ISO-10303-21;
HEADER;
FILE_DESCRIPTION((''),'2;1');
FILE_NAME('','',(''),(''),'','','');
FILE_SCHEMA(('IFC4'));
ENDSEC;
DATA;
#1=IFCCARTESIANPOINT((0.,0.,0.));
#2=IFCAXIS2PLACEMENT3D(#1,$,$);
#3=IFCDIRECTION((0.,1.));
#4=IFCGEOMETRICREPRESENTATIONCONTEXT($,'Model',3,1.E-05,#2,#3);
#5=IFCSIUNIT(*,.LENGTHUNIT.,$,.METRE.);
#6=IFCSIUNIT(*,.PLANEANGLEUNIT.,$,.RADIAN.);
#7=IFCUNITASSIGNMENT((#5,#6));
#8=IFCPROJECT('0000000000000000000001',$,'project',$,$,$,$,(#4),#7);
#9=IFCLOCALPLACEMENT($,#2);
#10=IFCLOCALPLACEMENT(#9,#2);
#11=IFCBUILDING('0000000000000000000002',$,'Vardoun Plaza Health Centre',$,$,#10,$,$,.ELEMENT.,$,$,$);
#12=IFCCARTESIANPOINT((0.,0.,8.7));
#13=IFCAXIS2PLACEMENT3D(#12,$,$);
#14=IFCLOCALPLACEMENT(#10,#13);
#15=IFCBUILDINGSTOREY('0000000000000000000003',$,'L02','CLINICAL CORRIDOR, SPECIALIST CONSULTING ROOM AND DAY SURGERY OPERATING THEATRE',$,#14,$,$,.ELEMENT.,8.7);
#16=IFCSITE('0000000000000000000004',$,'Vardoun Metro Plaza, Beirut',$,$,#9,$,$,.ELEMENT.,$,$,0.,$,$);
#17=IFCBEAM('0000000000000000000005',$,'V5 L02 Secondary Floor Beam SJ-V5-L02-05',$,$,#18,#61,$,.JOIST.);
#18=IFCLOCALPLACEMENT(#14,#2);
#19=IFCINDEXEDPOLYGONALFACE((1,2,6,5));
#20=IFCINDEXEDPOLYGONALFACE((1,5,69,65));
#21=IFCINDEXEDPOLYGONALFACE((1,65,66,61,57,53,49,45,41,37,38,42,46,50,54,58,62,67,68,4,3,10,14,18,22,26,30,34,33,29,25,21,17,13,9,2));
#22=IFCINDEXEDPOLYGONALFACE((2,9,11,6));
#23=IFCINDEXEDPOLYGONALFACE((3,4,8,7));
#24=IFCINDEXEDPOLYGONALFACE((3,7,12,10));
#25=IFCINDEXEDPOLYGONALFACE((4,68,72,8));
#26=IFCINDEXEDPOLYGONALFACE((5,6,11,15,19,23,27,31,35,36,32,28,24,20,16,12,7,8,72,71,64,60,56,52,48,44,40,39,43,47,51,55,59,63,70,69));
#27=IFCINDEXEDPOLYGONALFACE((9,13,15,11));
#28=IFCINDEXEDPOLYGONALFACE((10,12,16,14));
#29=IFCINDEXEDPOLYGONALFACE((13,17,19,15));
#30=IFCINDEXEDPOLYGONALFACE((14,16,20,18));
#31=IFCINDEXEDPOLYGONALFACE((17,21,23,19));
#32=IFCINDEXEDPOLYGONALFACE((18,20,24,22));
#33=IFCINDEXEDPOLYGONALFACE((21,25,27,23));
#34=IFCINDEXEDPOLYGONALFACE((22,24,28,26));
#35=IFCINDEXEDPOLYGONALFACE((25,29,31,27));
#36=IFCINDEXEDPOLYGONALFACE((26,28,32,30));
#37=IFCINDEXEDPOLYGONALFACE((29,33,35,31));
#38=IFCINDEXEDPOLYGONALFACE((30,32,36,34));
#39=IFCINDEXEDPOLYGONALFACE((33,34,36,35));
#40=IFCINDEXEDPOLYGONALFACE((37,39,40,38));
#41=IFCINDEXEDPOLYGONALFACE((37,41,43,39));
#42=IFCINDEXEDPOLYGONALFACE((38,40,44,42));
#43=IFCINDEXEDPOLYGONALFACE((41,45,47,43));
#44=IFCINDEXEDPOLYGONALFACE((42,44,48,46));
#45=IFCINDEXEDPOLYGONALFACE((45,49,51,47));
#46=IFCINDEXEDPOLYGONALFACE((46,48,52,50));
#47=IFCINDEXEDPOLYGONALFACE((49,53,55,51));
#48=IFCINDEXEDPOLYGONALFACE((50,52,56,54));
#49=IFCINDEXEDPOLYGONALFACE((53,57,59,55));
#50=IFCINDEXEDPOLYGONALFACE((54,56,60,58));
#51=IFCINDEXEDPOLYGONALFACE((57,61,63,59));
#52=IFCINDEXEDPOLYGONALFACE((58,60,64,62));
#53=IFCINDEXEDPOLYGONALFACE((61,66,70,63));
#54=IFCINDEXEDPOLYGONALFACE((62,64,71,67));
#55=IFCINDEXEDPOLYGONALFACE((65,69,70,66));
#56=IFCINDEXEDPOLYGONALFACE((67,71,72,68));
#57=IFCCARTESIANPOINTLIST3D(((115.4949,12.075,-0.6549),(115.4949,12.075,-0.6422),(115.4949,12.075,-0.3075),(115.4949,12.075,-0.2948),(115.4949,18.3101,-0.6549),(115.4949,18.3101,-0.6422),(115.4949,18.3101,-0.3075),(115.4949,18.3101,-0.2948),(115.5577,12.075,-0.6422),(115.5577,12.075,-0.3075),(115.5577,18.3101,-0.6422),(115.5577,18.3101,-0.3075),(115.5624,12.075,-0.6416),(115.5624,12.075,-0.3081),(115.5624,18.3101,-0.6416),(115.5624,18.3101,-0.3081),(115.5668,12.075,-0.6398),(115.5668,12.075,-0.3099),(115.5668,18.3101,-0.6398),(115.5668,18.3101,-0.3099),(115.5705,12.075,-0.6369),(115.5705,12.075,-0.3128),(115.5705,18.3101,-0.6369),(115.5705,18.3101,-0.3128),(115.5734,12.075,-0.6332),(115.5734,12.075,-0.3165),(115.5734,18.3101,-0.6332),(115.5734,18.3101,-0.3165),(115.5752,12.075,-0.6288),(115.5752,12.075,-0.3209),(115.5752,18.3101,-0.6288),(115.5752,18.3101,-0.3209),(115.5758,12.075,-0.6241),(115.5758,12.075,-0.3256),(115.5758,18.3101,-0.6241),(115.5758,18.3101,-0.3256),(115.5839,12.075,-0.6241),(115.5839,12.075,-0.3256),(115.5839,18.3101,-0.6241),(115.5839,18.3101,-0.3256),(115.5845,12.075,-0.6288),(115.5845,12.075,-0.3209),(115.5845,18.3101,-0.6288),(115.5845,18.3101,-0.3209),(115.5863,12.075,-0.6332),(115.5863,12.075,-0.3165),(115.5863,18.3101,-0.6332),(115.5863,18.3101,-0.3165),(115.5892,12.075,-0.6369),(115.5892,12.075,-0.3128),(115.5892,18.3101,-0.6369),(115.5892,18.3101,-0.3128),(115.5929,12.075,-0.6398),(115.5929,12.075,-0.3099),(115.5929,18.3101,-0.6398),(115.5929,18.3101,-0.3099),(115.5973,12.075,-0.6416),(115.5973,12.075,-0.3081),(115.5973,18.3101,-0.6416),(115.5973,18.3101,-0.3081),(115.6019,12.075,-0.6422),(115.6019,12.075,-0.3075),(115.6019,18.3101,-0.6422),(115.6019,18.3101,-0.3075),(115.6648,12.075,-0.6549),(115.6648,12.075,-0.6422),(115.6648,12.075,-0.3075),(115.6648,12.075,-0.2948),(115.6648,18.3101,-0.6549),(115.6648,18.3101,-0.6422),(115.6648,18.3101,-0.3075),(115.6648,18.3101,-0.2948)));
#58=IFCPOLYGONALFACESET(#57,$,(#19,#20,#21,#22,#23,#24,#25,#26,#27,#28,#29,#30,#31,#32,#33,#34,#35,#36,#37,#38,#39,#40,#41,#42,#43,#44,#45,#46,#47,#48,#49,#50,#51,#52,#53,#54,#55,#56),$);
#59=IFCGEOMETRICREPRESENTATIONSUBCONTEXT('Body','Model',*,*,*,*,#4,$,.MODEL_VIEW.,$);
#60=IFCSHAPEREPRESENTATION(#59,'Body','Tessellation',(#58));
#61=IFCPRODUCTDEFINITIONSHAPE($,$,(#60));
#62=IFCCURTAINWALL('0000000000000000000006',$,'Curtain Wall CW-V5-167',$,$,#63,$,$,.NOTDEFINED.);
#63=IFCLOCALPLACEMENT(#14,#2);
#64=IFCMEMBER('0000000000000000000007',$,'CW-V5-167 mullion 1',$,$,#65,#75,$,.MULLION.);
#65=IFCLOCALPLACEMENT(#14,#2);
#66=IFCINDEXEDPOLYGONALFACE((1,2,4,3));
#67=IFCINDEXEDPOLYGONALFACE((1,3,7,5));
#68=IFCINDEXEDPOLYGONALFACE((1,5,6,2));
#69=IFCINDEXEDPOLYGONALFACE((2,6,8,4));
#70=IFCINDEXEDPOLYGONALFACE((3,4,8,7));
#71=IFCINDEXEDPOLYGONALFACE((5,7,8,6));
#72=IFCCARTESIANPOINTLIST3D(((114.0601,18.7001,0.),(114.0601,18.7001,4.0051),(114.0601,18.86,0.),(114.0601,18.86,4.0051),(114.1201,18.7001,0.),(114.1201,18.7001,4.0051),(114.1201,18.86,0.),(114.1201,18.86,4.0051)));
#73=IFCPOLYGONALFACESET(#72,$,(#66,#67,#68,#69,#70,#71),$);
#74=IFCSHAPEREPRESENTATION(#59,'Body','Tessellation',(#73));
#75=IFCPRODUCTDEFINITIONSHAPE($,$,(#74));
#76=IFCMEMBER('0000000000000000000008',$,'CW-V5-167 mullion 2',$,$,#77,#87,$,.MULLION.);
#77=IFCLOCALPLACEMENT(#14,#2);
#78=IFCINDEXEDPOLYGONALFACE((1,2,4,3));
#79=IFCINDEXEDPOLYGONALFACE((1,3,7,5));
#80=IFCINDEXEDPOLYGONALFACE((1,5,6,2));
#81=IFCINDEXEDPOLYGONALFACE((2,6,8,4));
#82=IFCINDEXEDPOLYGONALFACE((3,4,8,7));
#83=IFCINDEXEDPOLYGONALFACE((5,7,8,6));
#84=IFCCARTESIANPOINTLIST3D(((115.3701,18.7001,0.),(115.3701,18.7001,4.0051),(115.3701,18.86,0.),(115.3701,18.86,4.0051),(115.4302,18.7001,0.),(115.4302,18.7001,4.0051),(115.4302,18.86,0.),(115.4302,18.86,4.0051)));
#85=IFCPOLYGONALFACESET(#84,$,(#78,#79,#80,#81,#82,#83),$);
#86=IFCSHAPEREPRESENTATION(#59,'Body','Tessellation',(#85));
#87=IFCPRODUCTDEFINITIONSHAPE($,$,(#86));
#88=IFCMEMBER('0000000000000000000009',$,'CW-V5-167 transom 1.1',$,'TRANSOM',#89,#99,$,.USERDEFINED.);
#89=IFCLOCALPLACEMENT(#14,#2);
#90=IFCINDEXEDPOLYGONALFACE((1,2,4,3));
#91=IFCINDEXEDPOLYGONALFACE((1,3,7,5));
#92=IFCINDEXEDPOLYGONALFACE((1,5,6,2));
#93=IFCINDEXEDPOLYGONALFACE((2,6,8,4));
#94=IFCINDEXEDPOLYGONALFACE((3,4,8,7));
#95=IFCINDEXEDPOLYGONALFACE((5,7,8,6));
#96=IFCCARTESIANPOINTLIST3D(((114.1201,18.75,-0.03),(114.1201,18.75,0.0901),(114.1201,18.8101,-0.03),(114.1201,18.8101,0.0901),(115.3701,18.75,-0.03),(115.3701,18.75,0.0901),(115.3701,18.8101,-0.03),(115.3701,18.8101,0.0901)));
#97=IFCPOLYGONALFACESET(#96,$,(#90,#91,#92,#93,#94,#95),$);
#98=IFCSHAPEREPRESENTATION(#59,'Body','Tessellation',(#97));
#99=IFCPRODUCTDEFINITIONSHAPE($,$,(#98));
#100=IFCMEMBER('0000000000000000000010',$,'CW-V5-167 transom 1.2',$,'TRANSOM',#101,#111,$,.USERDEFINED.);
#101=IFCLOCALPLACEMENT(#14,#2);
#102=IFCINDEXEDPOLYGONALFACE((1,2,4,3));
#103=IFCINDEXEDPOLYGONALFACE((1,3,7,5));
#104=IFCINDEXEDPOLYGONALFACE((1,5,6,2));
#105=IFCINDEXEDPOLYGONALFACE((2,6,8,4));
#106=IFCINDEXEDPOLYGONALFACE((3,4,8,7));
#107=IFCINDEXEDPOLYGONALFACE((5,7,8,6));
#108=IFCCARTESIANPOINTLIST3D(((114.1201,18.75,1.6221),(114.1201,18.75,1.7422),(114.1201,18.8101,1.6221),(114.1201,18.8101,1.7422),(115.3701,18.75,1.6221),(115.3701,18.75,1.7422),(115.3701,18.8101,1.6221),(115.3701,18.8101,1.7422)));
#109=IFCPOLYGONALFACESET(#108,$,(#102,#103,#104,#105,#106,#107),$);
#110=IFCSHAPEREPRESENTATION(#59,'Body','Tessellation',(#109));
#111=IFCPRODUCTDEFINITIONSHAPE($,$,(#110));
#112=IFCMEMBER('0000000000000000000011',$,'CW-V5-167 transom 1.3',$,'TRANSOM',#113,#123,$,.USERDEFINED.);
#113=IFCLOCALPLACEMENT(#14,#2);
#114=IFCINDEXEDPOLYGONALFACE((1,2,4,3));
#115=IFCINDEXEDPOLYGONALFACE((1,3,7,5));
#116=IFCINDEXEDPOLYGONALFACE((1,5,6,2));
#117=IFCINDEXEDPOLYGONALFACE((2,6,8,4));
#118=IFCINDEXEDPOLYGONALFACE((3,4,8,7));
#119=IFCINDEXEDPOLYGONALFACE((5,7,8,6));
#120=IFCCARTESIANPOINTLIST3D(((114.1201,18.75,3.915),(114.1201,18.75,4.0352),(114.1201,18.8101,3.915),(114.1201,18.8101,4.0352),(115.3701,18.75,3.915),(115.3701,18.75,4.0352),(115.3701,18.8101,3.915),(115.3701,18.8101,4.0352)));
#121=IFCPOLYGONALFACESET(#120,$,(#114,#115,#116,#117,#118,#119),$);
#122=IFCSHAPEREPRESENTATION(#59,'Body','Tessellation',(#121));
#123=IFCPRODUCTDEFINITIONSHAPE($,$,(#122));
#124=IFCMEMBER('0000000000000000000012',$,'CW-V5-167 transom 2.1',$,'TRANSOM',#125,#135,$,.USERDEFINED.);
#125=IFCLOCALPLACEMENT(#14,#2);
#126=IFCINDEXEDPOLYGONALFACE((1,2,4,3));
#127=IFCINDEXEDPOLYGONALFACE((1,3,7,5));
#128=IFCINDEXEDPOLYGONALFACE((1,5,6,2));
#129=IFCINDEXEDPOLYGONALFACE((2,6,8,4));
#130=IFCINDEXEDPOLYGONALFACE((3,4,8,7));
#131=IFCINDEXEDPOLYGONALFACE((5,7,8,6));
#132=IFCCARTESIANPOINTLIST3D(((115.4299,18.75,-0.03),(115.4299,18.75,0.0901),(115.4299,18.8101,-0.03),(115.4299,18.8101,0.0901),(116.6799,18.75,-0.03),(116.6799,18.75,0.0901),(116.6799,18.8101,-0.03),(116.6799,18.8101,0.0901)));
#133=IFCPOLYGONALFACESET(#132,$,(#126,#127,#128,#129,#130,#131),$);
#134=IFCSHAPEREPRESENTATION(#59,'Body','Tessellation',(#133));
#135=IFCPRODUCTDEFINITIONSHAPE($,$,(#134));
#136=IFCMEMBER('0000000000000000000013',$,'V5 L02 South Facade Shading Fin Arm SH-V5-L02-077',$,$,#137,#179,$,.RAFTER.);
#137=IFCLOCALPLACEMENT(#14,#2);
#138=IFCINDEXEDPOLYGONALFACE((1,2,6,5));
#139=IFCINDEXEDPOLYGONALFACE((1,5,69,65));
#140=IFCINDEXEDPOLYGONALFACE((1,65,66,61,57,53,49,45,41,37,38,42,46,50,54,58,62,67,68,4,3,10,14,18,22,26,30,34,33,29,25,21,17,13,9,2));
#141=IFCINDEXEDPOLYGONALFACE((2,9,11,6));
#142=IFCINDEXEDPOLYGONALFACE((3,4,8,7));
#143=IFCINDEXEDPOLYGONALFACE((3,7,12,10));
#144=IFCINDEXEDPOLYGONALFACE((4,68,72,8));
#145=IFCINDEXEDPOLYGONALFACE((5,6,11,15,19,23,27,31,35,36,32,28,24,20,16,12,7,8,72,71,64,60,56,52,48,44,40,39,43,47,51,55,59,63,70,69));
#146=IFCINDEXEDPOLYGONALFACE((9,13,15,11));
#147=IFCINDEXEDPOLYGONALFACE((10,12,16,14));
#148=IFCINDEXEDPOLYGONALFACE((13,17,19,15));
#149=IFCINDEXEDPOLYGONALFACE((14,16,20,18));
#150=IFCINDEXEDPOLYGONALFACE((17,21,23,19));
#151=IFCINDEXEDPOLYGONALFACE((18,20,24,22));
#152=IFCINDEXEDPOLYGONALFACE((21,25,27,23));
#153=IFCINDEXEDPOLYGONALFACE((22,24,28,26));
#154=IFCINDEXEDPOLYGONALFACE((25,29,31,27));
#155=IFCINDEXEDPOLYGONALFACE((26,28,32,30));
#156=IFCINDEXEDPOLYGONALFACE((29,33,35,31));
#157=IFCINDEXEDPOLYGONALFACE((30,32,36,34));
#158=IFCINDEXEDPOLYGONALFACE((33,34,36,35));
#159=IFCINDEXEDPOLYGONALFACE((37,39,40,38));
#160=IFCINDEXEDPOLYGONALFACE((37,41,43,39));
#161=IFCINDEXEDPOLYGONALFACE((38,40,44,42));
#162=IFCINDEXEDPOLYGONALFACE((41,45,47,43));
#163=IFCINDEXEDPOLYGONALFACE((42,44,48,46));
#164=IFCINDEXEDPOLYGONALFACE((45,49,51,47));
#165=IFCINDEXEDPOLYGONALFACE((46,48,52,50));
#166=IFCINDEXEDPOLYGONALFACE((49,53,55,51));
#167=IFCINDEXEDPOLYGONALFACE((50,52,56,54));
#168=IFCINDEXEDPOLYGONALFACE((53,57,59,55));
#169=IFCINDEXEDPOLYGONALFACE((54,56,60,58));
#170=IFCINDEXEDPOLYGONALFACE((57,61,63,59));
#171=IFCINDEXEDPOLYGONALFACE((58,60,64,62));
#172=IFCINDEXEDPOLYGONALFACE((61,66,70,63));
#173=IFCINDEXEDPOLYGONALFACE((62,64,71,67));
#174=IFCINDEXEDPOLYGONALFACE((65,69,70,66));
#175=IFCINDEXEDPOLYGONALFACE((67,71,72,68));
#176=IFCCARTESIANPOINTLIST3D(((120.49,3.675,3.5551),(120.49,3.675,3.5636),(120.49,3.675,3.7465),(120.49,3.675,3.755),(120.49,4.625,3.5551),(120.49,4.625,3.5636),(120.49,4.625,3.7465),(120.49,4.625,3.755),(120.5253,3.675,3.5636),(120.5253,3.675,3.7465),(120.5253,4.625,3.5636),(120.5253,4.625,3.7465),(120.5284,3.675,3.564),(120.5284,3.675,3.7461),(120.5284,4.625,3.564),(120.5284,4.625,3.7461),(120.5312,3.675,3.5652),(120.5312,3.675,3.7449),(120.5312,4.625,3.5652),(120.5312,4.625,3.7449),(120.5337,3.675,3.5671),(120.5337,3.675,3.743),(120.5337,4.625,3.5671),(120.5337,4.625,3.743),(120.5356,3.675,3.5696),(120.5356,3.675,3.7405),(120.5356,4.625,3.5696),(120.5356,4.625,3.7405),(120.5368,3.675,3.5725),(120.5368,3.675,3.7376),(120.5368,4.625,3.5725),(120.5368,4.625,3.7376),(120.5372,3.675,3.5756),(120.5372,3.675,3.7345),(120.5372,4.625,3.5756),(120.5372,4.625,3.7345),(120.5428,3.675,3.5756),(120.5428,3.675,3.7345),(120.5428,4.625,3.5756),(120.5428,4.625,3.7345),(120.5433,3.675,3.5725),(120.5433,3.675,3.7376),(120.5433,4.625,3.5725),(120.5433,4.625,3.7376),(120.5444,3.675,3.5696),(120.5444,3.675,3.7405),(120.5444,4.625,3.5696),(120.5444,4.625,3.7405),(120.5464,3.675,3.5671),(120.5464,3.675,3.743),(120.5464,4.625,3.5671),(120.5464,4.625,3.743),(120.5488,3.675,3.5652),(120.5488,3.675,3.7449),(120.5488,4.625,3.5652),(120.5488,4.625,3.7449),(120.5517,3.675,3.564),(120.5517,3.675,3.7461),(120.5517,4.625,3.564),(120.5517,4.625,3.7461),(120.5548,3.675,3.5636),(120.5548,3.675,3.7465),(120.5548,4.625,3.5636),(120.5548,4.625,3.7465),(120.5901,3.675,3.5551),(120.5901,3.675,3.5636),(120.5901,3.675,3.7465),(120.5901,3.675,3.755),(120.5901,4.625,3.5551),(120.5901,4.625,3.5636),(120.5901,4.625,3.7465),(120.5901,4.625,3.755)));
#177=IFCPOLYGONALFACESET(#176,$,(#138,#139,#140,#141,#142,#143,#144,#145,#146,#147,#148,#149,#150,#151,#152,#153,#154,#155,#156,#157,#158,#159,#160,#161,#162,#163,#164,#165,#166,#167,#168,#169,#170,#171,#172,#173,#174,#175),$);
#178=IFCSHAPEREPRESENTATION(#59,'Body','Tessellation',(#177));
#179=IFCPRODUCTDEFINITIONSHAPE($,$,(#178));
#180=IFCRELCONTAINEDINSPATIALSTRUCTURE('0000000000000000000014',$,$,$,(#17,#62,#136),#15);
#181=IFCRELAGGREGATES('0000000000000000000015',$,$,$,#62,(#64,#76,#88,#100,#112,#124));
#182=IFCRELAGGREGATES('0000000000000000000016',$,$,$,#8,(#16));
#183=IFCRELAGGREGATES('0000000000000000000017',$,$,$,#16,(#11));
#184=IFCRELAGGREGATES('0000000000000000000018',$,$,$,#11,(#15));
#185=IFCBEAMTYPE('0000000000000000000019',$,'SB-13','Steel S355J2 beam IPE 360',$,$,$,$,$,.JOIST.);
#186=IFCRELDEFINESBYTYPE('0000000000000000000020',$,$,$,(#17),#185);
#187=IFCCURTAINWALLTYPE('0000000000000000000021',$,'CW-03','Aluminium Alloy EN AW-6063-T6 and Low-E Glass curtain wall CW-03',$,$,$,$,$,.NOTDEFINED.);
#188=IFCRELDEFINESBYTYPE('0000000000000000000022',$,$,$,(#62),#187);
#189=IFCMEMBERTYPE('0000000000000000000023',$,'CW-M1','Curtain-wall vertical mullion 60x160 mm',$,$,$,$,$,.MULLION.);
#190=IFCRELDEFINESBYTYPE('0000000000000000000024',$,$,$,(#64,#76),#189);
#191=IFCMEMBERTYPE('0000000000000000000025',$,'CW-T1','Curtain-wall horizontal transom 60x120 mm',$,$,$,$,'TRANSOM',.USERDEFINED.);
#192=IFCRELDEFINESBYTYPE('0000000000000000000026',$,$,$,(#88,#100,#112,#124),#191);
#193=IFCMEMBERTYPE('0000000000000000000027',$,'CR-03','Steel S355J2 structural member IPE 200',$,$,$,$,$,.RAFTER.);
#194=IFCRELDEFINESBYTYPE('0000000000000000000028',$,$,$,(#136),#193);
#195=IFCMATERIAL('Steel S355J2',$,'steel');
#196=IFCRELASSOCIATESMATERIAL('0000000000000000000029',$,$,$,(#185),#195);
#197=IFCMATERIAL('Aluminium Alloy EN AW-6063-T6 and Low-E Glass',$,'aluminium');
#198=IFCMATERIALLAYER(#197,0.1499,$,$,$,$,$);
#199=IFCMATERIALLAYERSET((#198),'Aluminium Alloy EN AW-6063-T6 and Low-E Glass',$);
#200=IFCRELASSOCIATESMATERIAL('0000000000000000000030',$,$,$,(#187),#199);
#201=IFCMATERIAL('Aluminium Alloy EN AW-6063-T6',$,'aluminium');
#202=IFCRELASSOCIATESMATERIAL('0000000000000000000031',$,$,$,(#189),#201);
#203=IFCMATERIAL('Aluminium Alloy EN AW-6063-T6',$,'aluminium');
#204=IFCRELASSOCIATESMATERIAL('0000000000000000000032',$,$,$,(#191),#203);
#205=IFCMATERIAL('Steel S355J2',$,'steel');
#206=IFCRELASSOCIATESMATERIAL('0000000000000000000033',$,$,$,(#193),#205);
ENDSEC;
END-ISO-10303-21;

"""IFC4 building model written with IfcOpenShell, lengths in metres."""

from ifc_helpers import new_model, si_unit, direction, frame, origin, origin_2d, place, context, subcontext, project, spatial, rectangle, i_section, extrude, material, layer, layer_set, material_profile, profile_set, type_object, element, aggregate, save


model = new_model("IFC4")

# Units and contexts
model_context = context("Model", 3, precision=1e-05, world=origin(), true_north=direction((0.0, 1.0)))
body_context = subcontext(model_context, "Body", "Model", "MODEL_VIEW")
ifc_project = project(units=[si_unit("LENGTHUNIT", "METRE"), si_unit("PLANEANGLEUNIT", "RADIAN")], contexts=[model_context])

# Site, building, storey
site_placement = place(None, origin())
site = spatial("IfcSite", under=ifc_project, at=site_placement, Name="Vardoun Metro Plaza, Beirut", CompositionType="ELEMENT", RefElevation=0.0)
building_placement = place(site_placement, origin())
building = spatial("IfcBuilding", under=site, at=building_placement, Name="Vardoun Plaza Health Centre", CompositionType="ELEMENT")
storey_placement = place(building_placement, frame((0.0, 0.0, 8.7)))
storey = spatial("IfcBuildingStorey", under=building, at=storey_placement, Name="L02", Description="CLINICAL CORRIDOR, SPECIALIST CONSULTING ROOM AND DAY SURGERY OPERATING THEATRE", CompositionType="ELEMENT", Elevation=8.7)

# Beam
ifc_material_1 = material(Name="Steel S355J2", Category="steel")
ifc_material_profile_1 = material_profile(ifc_material_1, i_section(OverallWidth=0.1699, OverallDepth=0.3601, WebThickness=0.0081, FlangeThickness=0.0127, FilletRadius=0.0181, at=origin_2d()), Name="IPE 360")
ifc_profile_set_1 = profile_set([ifc_material_profile_1], Name="Steel S355J2")
beam_type_1 = type_object("IfcBeamType", Name="SB-13", Description="Steel S355J2 beam IPE 360", PredefinedType="JOIST", material=ifc_profile_set_1)
beam_1_placement = place(storey_placement, frame((115.5798, 12.075, -0.4749), z_axis=(0.0, 1.0, 0.0), x_axis=(-1.0, 0.0, 0.0)))
element("IfcBeam", 1, at=beam_1_placement, inside=storey, type_object=beam_type_1, Name="V5 L02 Secondary Floor Beam SJ-V5-L02-05", PredefinedType="JOIST", context=body_context, shape_type="SweptSolid", body=[
    extrude(i_section(OverallWidth=0.1699, OverallDepth=0.3601, WebThickness=0.0081, FlangeThickness=0.0127, FilletRadius=0.0181, at=origin_2d()), origin(), (0.0, 0.0, 1.0), 6.2351),
])

# Curtain wall, members
ifc_material_2 = material(Name="Aluminium Alloy EN AW-6063-T6 and Low-E Glass", Category="aluminium")
ifc_layer_1 = layer(ifc_material_2, 0.1499)
ifc_layer_set_1 = layer_set([ifc_layer_1], Name="Aluminium Alloy EN AW-6063-T6 and Low-E Glass")
curtain_wall_type = type_object("IfcCurtainWallType", Name="CW-03", Description="Aluminium Alloy EN AW-6063-T6 and Low-E Glass curtain wall CW-03", PredefinedType="NOTDEFINED", material=ifc_layer_set_1)
curtain_wall_placement = place(storey_placement, origin())
curtain_wall = element("IfcCurtainWall", 2, at=curtain_wall_placement, inside=storey, type_object=curtain_wall_type, Name="Curtain Wall CW-V5-167", PredefinedType="NOTDEFINED")
ifc_material_3 = material(Name="Aluminium Alloy EN AW-6063-T6", Category="aluminium")
ifc_material_profile_2 = material_profile(ifc_material_3, rectangle(XDim=0.1599, YDim=0.0601, at=origin_2d()), Name="CWM 60x160")
ifc_profile_set_2 = profile_set([ifc_material_profile_2], Name="Aluminium Alloy EN AW-6063-T6")
member_type_1 = type_object("IfcMemberType", Name="CW-M1", Description="Curtain-wall vertical mullion 60x160 mm", PredefinedType="MULLION", material=ifc_profile_set_2)
member_1_placement = place(storey_placement, frame((114.0901, 18.78, 0.0), z_axis=(0.0, 0.0, 1.0), x_axis=(0.0, 1.0, 0.0)))
member_1 = element("IfcMember", 3, at=member_1_placement, type_object=member_type_1, Name="CW-V5-167 mullion 1", PredefinedType="MULLION", context=body_context, shape_type="SweptSolid", body=[
    extrude(rectangle(XDim=0.1599, YDim=0.0601, at=origin_2d()), origin(), (0.0, 0.0, 1.0), 4.0051),
])
member_2_placement = place(storey_placement, frame((115.4001, 18.78, 0.0), z_axis=(0.0, 0.0, 1.0), x_axis=(0.0, 1.0, 0.0)))
member_2 = element("IfcMember", 4, at=member_2_placement, type_object=member_type_1, Name="CW-V5-167 mullion 2", PredefinedType="MULLION", context=body_context, shape_type="SweptSolid", body=[
    extrude(rectangle(XDim=0.1599, YDim=0.0601, at=origin_2d()), origin(), (0.0, 0.0, 1.0), 4.0051),
])
ifc_material_4 = material(Name="Aluminium Alloy EN AW-6063-T6", Category="aluminium")
ifc_material_profile_3 = material_profile(ifc_material_4, rectangle(XDim=0.0601, YDim=0.1201, at=origin_2d()), Name="CWT 60x120")
ifc_profile_set_3 = profile_set([ifc_material_profile_3], Name="Aluminium Alloy EN AW-6063-T6")
member_type_2 = type_object("IfcMemberType", Name="CW-T1", Description="Curtain-wall horizontal transom 60x120 mm", ElementType="TRANSOM", PredefinedType="USERDEFINED", material=ifc_profile_set_3)
member_3_placement = place(storey_placement, frame((114.1201, 18.78, 0.03), z_axis=(1.0, 0.0, 0.0), x_axis=(0.0, 1.0, 0.0)))
member_3 = element("IfcMember", 5, at=member_3_placement, type_object=member_type_2, Name="CW-V5-167 transom 1.1", ObjectType="TRANSOM", PredefinedType="USERDEFINED", context=body_context, shape_type="SweptSolid", body=[
    extrude(rectangle(XDim=0.0601, YDim=0.1201, at=origin_2d()), origin(), (0.0, 0.0, 1.0), 1.25),
])
member_4_placement = place(storey_placement, frame((114.1201, 18.78, 1.6821), z_axis=(1.0, 0.0, 0.0), x_axis=(0.0, 1.0, 0.0)))
member_4 = element("IfcMember", 6, at=member_4_placement, type_object=member_type_2, Name="CW-V5-167 transom 1.2", ObjectType="TRANSOM", PredefinedType="USERDEFINED", context=body_context, shape_type="SweptSolid", body=[
    extrude(rectangle(XDim=0.0601, YDim=0.1201, at=origin_2d()), origin(), (0.0, 0.0, 1.0), 1.25),
])
member_5_placement = place(storey_placement, frame((114.1201, 18.78, 3.9751), z_axis=(1.0, 0.0, 0.0), x_axis=(0.0, 1.0, 0.0)))
member_5 = element("IfcMember", 7, at=member_5_placement, type_object=member_type_2, Name="CW-V5-167 transom 1.3", ObjectType="TRANSOM", PredefinedType="USERDEFINED", context=body_context, shape_type="SweptSolid", body=[
    extrude(rectangle(XDim=0.0601, YDim=0.1201, at=origin_2d()), origin(), (0.0, 0.0, 1.0), 1.25),
])
member_6_placement = place(storey_placement, frame((115.4299, 18.78, 0.03), z_axis=(1.0, 0.0, 0.0), x_axis=(0.0, 1.0, 0.0)))
member_6 = element("IfcMember", 8, at=member_6_placement, type_object=member_type_2, Name="CW-V5-167 transom 2.1", ObjectType="TRANSOM", PredefinedType="USERDEFINED", context=body_context, shape_type="SweptSolid", body=[
    extrude(rectangle(XDim=0.0601, YDim=0.1201, at=origin_2d()), origin(), (0.0, 0.0, 1.0), 1.25),
])

# Member
ifc_material_5 = material(Name="Steel S355J2", Category="steel")
ifc_material_profile_4 = material_profile(ifc_material_5, i_section(OverallWidth=0.1001, OverallDepth=0.2, WebThickness=0.0056, FlangeThickness=0.0085, FilletRadius=0.012, at=origin_2d()), Name="IPE 200")
ifc_profile_set_4 = profile_set([ifc_material_profile_4], Name="Steel S355J2")
member_type_3 = type_object("IfcMemberType", Name="CR-03", Description="Steel S355J2 structural member IPE 200", PredefinedType="RAFTER", material=ifc_profile_set_4)
member_7_placement = place(storey_placement, frame((120.54, 4.625, 3.655), z_axis=(0.0, -1.0, 0.0), x_axis=(1.0, 0.0, 0.0)))
element("IfcMember", 9, at=member_7_placement, inside=storey, type_object=member_type_3, Name="V5 L02 South Facade Shading Fin Arm SH-V5-L02-077", PredefinedType="RAFTER", context=body_context, shape_type="SweptSolid", body=[
    extrude(i_section(OverallWidth=0.1001, OverallDepth=0.2, WebThickness=0.0056, FlangeThickness=0.0085, FilletRadius=0.012, at=origin_2d()), origin(), (0.0, 0.0, 1.0), 0.95),
])

aggregate(curtain_wall, [member_1, member_2, member_3, member_4, member_5, member_6])

save(model, "model.ifc")
